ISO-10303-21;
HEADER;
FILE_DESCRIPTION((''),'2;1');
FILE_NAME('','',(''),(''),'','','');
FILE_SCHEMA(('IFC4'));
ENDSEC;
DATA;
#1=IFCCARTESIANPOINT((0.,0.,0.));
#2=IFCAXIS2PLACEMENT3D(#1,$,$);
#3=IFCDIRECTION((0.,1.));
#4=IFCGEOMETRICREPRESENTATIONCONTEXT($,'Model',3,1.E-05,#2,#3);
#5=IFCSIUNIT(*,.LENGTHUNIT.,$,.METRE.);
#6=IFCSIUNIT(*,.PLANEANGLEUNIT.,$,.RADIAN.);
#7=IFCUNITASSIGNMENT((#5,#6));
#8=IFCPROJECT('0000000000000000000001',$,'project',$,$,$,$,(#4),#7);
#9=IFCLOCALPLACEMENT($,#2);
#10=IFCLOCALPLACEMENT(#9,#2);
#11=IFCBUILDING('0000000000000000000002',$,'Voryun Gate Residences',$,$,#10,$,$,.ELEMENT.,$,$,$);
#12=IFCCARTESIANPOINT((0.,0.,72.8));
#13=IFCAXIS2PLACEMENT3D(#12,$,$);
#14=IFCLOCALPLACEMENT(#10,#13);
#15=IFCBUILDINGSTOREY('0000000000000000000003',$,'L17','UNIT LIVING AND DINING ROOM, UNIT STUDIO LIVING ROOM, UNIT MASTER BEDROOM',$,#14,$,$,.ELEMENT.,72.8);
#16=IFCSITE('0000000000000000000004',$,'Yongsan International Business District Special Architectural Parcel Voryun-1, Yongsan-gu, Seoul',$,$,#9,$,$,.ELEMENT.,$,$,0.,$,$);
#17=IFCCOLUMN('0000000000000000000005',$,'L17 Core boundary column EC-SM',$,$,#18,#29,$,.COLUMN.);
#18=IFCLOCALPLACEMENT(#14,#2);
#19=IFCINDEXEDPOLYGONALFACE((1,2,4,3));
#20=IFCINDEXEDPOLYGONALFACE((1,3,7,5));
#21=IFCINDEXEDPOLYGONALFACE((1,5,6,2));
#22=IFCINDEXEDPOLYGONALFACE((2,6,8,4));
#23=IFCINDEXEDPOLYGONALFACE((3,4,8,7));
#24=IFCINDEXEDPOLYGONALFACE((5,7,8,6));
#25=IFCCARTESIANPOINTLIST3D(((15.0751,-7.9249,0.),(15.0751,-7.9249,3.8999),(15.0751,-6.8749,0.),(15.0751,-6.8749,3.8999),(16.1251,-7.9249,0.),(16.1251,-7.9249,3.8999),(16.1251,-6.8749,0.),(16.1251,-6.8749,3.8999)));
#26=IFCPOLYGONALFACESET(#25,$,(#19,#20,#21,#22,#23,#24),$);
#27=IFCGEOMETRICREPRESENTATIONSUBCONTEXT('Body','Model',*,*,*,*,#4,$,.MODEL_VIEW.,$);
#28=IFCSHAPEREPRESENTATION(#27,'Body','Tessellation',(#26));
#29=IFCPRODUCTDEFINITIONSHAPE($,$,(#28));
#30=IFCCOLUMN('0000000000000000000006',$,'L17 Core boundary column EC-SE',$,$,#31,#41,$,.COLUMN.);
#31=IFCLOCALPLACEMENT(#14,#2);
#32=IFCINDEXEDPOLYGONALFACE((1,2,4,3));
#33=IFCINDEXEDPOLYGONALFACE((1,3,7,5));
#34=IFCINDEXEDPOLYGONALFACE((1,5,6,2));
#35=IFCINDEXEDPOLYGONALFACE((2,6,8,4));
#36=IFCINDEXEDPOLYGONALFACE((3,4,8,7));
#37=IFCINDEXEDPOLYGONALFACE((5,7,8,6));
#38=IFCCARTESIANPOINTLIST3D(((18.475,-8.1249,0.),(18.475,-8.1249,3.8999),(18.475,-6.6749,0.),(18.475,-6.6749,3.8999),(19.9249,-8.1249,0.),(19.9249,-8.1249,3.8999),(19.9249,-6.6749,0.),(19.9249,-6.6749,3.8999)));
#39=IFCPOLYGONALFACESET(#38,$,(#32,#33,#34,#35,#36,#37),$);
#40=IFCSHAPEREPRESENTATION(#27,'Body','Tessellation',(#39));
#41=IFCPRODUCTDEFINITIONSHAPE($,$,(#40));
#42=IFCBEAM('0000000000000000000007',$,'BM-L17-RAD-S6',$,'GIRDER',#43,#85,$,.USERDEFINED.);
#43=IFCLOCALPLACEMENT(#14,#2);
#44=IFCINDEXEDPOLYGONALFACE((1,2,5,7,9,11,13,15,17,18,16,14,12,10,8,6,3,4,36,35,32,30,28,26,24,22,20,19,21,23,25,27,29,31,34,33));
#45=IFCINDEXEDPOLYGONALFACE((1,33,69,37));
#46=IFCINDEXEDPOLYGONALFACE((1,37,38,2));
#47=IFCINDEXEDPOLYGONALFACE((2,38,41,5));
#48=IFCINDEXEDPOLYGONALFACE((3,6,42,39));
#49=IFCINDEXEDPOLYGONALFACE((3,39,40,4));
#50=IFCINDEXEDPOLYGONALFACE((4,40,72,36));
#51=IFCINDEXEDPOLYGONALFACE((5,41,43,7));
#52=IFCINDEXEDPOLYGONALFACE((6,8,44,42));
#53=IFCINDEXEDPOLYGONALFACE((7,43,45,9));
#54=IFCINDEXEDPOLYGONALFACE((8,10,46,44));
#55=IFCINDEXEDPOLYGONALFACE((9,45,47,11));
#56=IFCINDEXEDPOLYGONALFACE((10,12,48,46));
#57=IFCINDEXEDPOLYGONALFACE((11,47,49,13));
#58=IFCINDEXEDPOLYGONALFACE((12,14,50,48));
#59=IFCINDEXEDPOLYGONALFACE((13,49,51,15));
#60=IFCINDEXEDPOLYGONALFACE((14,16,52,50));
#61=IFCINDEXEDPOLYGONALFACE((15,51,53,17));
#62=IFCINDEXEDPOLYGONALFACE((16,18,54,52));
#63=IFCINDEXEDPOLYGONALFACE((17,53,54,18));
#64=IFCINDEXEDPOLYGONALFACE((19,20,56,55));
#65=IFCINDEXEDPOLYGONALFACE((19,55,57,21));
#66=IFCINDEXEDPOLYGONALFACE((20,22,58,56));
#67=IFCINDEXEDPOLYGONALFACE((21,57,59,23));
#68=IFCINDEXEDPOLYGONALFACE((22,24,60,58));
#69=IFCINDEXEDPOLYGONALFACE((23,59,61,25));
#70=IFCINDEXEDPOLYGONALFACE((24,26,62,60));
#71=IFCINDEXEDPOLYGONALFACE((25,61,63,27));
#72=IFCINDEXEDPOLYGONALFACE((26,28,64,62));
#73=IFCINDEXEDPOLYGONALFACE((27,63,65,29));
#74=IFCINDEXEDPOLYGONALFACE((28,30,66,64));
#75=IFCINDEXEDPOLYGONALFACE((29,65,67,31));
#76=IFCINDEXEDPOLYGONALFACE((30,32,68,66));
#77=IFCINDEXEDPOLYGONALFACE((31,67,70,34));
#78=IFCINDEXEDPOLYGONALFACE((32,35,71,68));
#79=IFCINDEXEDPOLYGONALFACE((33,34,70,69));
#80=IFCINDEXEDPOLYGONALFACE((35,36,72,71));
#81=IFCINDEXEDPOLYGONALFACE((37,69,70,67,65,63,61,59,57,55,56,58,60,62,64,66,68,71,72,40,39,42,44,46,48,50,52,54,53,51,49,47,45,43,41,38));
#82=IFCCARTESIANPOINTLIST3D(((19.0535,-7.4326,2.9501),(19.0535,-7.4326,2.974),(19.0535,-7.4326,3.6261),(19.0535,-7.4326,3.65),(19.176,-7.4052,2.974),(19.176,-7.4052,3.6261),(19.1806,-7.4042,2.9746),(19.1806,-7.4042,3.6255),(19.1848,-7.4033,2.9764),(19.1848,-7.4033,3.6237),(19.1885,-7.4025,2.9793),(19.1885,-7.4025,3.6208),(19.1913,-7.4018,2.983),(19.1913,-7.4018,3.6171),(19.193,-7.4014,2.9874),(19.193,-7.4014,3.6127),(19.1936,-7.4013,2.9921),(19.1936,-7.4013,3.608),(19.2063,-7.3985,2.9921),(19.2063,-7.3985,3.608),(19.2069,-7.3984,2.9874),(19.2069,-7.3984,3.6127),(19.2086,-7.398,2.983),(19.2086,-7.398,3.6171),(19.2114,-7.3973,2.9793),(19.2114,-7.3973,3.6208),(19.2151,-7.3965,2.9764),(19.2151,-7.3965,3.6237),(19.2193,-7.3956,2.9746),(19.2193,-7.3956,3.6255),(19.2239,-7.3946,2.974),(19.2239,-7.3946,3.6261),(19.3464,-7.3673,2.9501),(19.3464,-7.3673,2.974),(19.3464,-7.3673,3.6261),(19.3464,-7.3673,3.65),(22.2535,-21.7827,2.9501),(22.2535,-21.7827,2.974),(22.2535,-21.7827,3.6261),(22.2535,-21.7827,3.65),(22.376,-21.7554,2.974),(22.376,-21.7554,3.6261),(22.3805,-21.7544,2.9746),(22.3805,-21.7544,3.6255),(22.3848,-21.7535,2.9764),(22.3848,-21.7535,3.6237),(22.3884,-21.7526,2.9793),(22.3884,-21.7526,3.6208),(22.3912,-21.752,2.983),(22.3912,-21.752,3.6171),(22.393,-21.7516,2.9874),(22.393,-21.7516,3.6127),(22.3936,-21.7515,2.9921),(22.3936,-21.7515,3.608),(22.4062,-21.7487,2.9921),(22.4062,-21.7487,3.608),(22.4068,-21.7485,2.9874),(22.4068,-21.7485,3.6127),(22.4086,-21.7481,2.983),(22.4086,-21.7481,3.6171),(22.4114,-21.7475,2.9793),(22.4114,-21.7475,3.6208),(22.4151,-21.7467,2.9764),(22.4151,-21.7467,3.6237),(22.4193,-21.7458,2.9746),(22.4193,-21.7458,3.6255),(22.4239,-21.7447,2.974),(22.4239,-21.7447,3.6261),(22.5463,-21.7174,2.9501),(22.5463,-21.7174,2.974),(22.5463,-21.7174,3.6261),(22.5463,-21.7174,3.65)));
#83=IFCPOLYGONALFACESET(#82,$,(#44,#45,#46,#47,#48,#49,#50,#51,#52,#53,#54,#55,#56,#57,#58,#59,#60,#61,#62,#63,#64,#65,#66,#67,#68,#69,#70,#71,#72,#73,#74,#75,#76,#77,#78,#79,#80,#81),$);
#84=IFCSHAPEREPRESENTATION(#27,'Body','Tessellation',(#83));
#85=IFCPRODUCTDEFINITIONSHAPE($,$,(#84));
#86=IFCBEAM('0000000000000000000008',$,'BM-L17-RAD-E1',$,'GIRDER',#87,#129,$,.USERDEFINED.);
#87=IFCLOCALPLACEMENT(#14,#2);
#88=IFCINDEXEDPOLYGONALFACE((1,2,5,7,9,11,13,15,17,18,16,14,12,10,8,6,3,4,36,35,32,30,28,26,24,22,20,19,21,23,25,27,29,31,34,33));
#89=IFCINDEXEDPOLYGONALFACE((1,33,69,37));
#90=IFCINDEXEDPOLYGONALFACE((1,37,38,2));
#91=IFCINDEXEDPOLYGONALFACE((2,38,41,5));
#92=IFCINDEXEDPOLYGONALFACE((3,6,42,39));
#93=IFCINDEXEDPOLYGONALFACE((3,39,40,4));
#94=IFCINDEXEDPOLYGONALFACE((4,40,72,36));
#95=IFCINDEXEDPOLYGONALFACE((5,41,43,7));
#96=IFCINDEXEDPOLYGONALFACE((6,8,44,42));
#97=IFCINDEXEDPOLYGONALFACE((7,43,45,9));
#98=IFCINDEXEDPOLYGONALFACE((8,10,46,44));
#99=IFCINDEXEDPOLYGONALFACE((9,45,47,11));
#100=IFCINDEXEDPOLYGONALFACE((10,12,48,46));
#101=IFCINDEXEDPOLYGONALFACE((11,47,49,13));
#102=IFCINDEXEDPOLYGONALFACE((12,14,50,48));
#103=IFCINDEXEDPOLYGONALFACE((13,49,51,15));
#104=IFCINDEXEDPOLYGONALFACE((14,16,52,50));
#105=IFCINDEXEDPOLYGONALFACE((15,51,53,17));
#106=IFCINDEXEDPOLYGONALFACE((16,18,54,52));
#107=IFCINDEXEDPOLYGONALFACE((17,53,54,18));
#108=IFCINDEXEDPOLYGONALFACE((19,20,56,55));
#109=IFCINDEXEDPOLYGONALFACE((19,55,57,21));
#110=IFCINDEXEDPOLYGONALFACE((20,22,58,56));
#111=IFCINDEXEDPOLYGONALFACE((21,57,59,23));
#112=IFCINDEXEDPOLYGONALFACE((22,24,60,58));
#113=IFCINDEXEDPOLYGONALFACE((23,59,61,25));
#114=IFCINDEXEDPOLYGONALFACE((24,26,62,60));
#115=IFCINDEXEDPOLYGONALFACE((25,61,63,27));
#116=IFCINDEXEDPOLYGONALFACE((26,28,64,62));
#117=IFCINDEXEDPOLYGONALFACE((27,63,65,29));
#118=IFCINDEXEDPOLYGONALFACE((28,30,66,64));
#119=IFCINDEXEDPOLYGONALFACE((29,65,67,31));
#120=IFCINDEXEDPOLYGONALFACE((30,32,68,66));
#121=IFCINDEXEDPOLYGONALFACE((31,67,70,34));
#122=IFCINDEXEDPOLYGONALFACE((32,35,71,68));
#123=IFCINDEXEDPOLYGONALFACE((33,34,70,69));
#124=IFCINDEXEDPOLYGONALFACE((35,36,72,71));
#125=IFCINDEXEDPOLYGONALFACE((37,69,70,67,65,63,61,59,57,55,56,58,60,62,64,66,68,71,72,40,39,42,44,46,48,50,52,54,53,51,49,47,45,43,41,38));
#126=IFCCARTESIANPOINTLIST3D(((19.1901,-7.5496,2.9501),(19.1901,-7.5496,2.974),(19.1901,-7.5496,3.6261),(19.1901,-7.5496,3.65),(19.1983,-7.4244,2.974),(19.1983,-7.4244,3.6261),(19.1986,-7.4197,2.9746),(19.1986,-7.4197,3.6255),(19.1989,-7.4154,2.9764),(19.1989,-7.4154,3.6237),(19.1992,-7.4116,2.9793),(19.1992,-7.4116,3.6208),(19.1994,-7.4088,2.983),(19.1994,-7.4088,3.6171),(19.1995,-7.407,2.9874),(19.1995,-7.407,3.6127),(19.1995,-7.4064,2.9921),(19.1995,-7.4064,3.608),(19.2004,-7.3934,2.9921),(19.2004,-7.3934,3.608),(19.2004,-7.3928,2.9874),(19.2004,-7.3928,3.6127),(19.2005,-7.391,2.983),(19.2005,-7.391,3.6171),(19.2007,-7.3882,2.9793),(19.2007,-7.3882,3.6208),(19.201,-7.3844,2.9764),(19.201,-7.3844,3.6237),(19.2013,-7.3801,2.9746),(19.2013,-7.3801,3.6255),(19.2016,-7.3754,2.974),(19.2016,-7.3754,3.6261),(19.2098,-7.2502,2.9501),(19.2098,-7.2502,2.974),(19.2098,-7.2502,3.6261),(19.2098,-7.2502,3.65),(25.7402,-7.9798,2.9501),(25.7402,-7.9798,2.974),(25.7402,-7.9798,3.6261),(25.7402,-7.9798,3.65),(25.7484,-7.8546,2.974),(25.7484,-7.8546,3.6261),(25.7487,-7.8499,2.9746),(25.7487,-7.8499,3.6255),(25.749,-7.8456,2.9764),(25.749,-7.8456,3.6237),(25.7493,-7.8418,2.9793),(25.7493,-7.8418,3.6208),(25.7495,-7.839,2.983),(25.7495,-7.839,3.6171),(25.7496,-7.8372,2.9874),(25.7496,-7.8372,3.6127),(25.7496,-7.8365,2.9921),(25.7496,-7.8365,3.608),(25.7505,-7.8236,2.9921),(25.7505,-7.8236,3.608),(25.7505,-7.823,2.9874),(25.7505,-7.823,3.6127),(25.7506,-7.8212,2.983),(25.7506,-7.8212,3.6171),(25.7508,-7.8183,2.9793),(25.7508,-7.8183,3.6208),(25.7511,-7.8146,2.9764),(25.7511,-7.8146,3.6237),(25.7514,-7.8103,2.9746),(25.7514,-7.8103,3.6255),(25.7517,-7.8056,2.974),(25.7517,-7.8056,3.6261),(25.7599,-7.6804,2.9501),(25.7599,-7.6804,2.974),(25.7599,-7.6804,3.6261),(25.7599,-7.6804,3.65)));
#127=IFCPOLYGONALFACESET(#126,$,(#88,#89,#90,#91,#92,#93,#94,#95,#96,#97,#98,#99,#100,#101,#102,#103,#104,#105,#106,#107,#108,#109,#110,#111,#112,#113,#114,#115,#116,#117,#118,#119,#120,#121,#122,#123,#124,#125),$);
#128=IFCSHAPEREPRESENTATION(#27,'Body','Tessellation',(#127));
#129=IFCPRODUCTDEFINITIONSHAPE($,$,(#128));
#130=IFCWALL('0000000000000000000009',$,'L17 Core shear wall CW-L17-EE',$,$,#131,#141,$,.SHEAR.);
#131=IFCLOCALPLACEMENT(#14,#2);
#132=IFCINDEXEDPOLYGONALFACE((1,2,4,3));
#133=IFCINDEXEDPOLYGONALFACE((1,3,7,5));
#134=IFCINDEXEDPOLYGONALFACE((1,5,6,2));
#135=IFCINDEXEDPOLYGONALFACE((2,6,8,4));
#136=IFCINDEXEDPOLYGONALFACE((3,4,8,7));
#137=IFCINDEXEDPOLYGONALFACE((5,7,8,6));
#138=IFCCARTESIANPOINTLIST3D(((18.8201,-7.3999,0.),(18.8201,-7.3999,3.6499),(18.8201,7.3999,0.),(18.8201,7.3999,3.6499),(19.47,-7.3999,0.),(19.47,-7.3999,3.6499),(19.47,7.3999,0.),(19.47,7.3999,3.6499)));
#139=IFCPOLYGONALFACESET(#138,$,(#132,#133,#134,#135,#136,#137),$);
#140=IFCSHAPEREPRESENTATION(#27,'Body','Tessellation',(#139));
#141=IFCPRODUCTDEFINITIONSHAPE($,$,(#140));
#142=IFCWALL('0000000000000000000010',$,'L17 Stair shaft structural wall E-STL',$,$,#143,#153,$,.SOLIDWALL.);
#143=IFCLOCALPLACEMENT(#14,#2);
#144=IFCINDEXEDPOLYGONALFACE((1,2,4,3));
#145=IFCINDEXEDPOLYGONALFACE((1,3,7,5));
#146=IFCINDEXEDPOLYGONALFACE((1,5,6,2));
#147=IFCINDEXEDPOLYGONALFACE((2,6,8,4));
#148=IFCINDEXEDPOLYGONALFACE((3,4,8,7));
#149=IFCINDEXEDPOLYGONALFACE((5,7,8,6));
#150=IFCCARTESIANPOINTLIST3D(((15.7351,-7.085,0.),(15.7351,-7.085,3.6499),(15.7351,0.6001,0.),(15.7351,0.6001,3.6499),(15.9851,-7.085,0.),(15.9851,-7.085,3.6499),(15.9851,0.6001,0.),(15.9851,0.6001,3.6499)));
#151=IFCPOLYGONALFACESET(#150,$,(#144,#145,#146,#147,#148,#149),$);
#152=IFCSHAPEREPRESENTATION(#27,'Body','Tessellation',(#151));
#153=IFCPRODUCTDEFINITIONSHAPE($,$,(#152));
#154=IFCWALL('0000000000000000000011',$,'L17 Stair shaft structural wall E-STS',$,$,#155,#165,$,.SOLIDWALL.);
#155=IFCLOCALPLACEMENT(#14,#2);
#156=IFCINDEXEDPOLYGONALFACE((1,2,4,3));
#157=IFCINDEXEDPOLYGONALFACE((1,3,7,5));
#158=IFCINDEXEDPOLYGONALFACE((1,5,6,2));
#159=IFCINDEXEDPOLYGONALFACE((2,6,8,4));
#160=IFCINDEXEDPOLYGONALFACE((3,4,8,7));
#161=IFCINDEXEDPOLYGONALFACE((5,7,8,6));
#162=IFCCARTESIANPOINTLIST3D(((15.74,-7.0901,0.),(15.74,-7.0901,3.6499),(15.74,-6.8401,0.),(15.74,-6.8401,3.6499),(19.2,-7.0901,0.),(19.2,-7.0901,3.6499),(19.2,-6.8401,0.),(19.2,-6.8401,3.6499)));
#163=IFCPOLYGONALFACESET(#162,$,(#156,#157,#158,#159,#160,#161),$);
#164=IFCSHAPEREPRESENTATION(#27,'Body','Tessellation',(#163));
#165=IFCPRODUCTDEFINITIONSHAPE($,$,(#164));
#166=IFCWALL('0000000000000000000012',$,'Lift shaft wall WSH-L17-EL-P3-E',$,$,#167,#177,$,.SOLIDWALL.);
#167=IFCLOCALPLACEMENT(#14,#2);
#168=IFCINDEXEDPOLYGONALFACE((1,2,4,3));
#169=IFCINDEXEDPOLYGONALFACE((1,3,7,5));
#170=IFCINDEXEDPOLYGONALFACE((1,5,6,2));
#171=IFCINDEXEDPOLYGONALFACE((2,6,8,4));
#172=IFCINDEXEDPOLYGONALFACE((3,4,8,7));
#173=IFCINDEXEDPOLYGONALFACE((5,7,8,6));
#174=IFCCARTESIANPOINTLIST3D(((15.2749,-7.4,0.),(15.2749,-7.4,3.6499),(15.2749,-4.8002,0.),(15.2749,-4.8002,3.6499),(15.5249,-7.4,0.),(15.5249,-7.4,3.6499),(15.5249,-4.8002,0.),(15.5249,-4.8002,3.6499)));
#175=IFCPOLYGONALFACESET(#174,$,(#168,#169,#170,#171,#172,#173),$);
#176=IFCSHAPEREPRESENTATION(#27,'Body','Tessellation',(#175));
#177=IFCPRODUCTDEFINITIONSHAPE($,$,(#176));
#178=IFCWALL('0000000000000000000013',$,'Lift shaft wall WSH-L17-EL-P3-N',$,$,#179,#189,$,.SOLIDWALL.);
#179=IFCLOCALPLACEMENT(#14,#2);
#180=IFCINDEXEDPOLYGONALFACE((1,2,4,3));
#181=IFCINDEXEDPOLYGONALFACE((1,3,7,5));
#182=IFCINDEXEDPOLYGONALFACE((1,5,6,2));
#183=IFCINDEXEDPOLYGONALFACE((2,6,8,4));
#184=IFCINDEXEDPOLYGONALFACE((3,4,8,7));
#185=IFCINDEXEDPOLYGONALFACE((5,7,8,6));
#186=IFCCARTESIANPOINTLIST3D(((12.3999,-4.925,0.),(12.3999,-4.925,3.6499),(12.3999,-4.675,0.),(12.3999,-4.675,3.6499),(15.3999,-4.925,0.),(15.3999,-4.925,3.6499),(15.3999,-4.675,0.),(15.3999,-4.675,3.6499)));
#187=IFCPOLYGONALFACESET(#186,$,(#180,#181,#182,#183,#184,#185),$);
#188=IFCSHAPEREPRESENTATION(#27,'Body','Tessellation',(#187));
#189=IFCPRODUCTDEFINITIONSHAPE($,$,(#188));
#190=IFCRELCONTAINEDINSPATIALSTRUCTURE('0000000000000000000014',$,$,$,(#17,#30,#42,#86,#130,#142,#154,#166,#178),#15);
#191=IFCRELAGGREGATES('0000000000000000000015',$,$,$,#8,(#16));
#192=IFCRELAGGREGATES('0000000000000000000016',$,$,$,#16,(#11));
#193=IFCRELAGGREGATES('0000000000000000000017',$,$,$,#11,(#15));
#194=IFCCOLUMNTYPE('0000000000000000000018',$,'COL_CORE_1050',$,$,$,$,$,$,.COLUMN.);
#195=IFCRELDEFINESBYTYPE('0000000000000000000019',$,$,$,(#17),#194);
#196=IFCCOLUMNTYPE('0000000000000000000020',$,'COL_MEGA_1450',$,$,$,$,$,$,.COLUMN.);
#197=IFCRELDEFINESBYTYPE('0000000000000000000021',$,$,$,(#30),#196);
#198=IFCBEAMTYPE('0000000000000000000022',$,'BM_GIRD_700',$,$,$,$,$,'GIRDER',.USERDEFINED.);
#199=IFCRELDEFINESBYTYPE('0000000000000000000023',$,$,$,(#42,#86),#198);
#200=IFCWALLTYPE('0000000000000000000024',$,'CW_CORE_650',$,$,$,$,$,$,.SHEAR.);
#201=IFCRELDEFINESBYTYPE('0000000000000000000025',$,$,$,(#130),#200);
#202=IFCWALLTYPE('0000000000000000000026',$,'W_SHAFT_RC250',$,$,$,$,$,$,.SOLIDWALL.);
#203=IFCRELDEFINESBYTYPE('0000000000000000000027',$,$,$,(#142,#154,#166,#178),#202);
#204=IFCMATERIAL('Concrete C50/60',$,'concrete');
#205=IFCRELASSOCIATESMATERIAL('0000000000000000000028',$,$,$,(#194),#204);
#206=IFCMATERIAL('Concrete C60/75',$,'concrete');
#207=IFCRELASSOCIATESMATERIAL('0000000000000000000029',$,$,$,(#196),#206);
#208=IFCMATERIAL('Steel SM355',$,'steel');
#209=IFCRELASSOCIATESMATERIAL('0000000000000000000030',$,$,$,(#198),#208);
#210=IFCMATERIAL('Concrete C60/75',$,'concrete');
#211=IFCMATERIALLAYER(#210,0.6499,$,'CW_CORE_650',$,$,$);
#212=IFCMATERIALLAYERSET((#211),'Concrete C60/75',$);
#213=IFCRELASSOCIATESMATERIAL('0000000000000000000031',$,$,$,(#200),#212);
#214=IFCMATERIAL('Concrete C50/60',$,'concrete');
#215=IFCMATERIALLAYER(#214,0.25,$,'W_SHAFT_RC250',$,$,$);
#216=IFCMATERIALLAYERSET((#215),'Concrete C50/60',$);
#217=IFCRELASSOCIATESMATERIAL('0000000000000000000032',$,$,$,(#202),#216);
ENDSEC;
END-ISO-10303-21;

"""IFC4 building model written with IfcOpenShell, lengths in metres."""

from ifc_helpers import new_model, si_unit, direction, frame, frame_2d, origin, origin_2d, place, context, subcontext, project, spatial, rectangle, i_section, extrude, material, layer, layer_set, material_profile, profile_set, type_object, element, save


model = new_model("IFC4")

# Units and contexts
model_context = context("Model", 3, precision=1e-05, world=origin(), true_north=direction((0.0, 1.0)))
body_context = subcontext(model_context, "Body", "Model", "MODEL_VIEW")
ifc_project = project(units=[si_unit("LENGTHUNIT", "METRE"), si_unit("PLANEANGLEUNIT", "RADIAN")], contexts=[model_context])

# Site, building, storey
site_placement = place(None, origin())
site = spatial("IfcSite", under=ifc_project, at=site_placement, Name="Yongsan International Business District Special Architectural Parcel Voryun-1, Yongsan-gu, Seoul", CompositionType="ELEMENT", RefElevation=0.0)
building_placement = place(site_placement, origin())
building = spatial("IfcBuilding", under=site, at=building_placement, Name="Voryun Gate Residences", CompositionType="ELEMENT")
storey_placement = place(building_placement, frame((0.0, 0.0, 72.8)))
storey = spatial("IfcBuildingStorey", under=building, at=storey_placement, Name="L17", Description="UNIT LIVING AND DINING ROOM, UNIT STUDIO LIVING ROOM, UNIT MASTER BEDROOM", CompositionType="ELEMENT", Elevation=72.8)

# Columns
ifc_material_1 = material(Name="Concrete C50/60", Category="concrete")
ifc_material_profile_1 = material_profile(ifc_material_1, rectangle(XDim=1.05, YDim=1.05, at=origin_2d()), Name="RC-1050x1050")
ifc_profile_set_1 = profile_set([ifc_material_profile_1], Name="Concrete C50/60")
column_type_1 = type_object("IfcColumnType", Name="COL_CORE_1050", PredefinedType="COLUMN", material=ifc_profile_set_1)
column_1_placement = place(storey_placement, frame((15.6001, -7.3999, 0.0), z_axis=(0.0, 0.0, 1.0), x_axis=(1.0, 0.0, 0.0)))
element("IfcColumn", 1, at=column_1_placement, inside=storey, type_object=column_type_1, Name="L17 Core boundary column EC-SM", PredefinedType="COLUMN", context=body_context, shape_type="SweptSolid", body=[
    extrude(rectangle(XDim=1.05, YDim=1.05, at=origin_2d()), origin(), (0.0, 0.0, 1.0), 3.8999),
])
ifc_material_2 = material(Name="Concrete C60/75", Category="concrete")
ifc_material_profile_2 = material_profile(ifc_material_2, rectangle(XDim=1.45, YDim=1.45, at=origin_2d()), Name="RC-1450x1450")
ifc_profile_set_2 = profile_set([ifc_material_profile_2], Name="Concrete C60/75")
column_type_2 = type_object("IfcColumnType", Name="COL_MEGA_1450", PredefinedType="COLUMN", material=ifc_profile_set_2)
column_2_placement = place(storey_placement, frame((19.2, -7.3999, 0.0), z_axis=(0.0, 0.0, 1.0), x_axis=(1.0, 0.0, 0.0)))
element("IfcColumn", 2, at=column_2_placement, inside=storey, type_object=column_type_2, Name="L17 Core boundary column EC-SE", PredefinedType="COLUMN", context=body_context, shape_type="SweptSolid", body=[
    extrude(rectangle(XDim=1.45, YDim=1.45, at=origin_2d()), origin(), (0.0, 0.0, 1.0), 3.8999),
])

# Beams
ifc_material_3 = material(Name="Steel SM355", Category="steel")
ifc_material_profile_3 = material_profile(ifc_material_3, i_section(OverallWidth=0.3, OverallDepth=0.7, WebThickness=0.0129, FlangeThickness=0.0239, FilletRadius=0.0181, at=origin_2d()), Name="H-700x300x13x24")
ifc_profile_set_3 = profile_set([ifc_material_profile_3], Name="Steel SM355")
beam_type = type_object("IfcBeamType", Name="BM_GIRD_700", ElementType="GIRDER", PredefinedType="USERDEFINED", material=ifc_profile_set_3)
beam_1_placement = place(storey_placement, frame((19.2, -7.3999, 3.3), z_axis=(0.217646, -0.976028, 0.0), x_axis=(0.976028, 0.217646, 0.0)))
element("IfcBeam", 3, at=beam_1_placement, inside=storey, type_object=beam_type, Name="BM-L17-RAD-S6", ObjectType="GIRDER", PredefinedType="USERDEFINED", context=body_context, shape_type="SweptSolid", body=[
    extrude(i_section(OverallWidth=0.3, OverallDepth=0.7, WebThickness=0.0129, FlangeThickness=0.0239, FilletRadius=0.0181, at=origin_2d()), origin(), (0.0, 0.0, 1.0), 14.7026),
])
beam_2_placement = place(storey_placement, frame((19.2, -7.3999, 3.3), z_axis=(0.99785, -0.065534, 0.0), x_axis=(0.065534, 0.99785, 0.0)))
element("IfcBeam", 4, at=beam_2_placement, inside=storey, type_object=beam_type, Name="BM-L17-RAD-E1", ObjectType="GIRDER", PredefinedType="USERDEFINED", context=body_context, shape_type="SweptSolid", body=[
    extrude(i_section(OverallWidth=0.3, OverallDepth=0.7, WebThickness=0.0129, FlangeThickness=0.0239, FilletRadius=0.0181, at=origin_2d()), origin(), (0.0, 0.0, 1.0), 6.5642),
])

# Walls
ifc_material_4 = material(Name="Concrete C60/75", Category="concrete")
ifc_layer_1 = layer(ifc_material_4, 0.6499, Name="CW_CORE_650")
ifc_layer_set_1 = layer_set([ifc_layer_1], Name="Concrete C60/75")
wall_type_1 = type_object("IfcWallType", Name="CW_CORE_650", PredefinedType="SHEAR", material=ifc_layer_set_1)
wall_1_placement = place(storey_placement, frame((19.145, -7.3999, 0.0), z_axis=(0.0, 0.0, 1.0), x_axis=(0.0, 1.0, 0.0)))
element("IfcWall", 5, at=wall_1_placement, inside=storey, type_object=wall_type_1, Name="L17 Core shear wall CW-L17-EE", PredefinedType="SHEAR", context=body_context, shape_type="SweptSolid", body=[
    extrude(rectangle(XDim=14.7998, YDim=0.6499, at=frame_2d((7.3999, 0.0))), origin(), (0.0, 0.0, 1.0), 3.6499),
])
ifc_material_5 = material(Name="Concrete C50/60", Category="concrete")
ifc_layer_2 = layer(ifc_material_5, 0.25, Name="W_SHAFT_RC250")
ifc_layer_set_2 = layer_set([ifc_layer_2], Name="Concrete C50/60")
wall_type_2 = type_object("IfcWallType", Name="W_SHAFT_RC250", PredefinedType="SOLIDWALL", material=ifc_layer_set_2)
wall_2_placement = place(storey_placement, frame((15.8601, -7.085, 0.0), z_axis=(0.0, 0.0, 1.0), x_axis=(0.0, 1.0, 0.0)))
element("IfcWall", 6, at=wall_2_placement, inside=storey, type_object=wall_type_2, Name="L17 Stair shaft structural wall E-STL", PredefinedType="SOLIDWALL", context=body_context, shape_type="SweptSolid", body=[
    extrude(rectangle(XDim=7.6851, YDim=0.25, at=frame_2d((3.8425, 0.0))), origin(), (0.0, 0.0, 1.0), 3.6499),
])
wall_3_placement = place(storey_placement, frame((15.74, -6.9651, 0.0), z_axis=(0.0, 0.0, 1.0), x_axis=(1.0, 0.0, 0.0)))
element("IfcWall", 7, at=wall_3_placement, inside=storey, type_object=wall_type_2, Name="L17 Stair shaft structural wall E-STS", PredefinedType="SOLIDWALL", context=body_context, shape_type="SweptSolid", body=[
    extrude(rectangle(XDim=3.46, YDim=0.25, at=frame_2d((1.73, 0.0))), origin(), (0.0, 0.0, 1.0), 3.6499),
])
wall_4_placement = place(storey_placement, frame((15.3999, -7.3999, 0.0), z_axis=(0.0, 0.0, 1.0), x_axis=(0.0, 1.0, 0.0)))
element("IfcWall", 8, at=wall_4_placement, inside=storey, type_object=wall_type_2, Name="Lift shaft wall WSH-L17-EL-P3-E", PredefinedType="SOLIDWALL", context=body_context, shape_type="SweptSolid", body=[
    extrude(rectangle(XDim=2.5999, YDim=0.25, at=frame_2d((1.2998, 0.0))), origin(), (0.0, 0.0, 1.0), 3.6499),
])
wall_5_placement = place(storey_placement, frame((15.3999, -4.8, 0.0), z_axis=(0.0, 0.0, 1.0), x_axis=(-1.0, 0.0, 0.0)))
element("IfcWall", 9, at=wall_5_placement, inside=storey, type_object=wall_type_2, Name="Lift shaft wall WSH-L17-EL-P3-N", PredefinedType="SOLIDWALL", context=body_context, shape_type="SweptSolid", body=[
    extrude(rectangle(XDim=3.0, YDim=0.25, at=frame_2d((1.5, 0.0))), origin(), (0.0, 0.0, 1.0), 3.6499),
])

save(model, "model.ifc")
